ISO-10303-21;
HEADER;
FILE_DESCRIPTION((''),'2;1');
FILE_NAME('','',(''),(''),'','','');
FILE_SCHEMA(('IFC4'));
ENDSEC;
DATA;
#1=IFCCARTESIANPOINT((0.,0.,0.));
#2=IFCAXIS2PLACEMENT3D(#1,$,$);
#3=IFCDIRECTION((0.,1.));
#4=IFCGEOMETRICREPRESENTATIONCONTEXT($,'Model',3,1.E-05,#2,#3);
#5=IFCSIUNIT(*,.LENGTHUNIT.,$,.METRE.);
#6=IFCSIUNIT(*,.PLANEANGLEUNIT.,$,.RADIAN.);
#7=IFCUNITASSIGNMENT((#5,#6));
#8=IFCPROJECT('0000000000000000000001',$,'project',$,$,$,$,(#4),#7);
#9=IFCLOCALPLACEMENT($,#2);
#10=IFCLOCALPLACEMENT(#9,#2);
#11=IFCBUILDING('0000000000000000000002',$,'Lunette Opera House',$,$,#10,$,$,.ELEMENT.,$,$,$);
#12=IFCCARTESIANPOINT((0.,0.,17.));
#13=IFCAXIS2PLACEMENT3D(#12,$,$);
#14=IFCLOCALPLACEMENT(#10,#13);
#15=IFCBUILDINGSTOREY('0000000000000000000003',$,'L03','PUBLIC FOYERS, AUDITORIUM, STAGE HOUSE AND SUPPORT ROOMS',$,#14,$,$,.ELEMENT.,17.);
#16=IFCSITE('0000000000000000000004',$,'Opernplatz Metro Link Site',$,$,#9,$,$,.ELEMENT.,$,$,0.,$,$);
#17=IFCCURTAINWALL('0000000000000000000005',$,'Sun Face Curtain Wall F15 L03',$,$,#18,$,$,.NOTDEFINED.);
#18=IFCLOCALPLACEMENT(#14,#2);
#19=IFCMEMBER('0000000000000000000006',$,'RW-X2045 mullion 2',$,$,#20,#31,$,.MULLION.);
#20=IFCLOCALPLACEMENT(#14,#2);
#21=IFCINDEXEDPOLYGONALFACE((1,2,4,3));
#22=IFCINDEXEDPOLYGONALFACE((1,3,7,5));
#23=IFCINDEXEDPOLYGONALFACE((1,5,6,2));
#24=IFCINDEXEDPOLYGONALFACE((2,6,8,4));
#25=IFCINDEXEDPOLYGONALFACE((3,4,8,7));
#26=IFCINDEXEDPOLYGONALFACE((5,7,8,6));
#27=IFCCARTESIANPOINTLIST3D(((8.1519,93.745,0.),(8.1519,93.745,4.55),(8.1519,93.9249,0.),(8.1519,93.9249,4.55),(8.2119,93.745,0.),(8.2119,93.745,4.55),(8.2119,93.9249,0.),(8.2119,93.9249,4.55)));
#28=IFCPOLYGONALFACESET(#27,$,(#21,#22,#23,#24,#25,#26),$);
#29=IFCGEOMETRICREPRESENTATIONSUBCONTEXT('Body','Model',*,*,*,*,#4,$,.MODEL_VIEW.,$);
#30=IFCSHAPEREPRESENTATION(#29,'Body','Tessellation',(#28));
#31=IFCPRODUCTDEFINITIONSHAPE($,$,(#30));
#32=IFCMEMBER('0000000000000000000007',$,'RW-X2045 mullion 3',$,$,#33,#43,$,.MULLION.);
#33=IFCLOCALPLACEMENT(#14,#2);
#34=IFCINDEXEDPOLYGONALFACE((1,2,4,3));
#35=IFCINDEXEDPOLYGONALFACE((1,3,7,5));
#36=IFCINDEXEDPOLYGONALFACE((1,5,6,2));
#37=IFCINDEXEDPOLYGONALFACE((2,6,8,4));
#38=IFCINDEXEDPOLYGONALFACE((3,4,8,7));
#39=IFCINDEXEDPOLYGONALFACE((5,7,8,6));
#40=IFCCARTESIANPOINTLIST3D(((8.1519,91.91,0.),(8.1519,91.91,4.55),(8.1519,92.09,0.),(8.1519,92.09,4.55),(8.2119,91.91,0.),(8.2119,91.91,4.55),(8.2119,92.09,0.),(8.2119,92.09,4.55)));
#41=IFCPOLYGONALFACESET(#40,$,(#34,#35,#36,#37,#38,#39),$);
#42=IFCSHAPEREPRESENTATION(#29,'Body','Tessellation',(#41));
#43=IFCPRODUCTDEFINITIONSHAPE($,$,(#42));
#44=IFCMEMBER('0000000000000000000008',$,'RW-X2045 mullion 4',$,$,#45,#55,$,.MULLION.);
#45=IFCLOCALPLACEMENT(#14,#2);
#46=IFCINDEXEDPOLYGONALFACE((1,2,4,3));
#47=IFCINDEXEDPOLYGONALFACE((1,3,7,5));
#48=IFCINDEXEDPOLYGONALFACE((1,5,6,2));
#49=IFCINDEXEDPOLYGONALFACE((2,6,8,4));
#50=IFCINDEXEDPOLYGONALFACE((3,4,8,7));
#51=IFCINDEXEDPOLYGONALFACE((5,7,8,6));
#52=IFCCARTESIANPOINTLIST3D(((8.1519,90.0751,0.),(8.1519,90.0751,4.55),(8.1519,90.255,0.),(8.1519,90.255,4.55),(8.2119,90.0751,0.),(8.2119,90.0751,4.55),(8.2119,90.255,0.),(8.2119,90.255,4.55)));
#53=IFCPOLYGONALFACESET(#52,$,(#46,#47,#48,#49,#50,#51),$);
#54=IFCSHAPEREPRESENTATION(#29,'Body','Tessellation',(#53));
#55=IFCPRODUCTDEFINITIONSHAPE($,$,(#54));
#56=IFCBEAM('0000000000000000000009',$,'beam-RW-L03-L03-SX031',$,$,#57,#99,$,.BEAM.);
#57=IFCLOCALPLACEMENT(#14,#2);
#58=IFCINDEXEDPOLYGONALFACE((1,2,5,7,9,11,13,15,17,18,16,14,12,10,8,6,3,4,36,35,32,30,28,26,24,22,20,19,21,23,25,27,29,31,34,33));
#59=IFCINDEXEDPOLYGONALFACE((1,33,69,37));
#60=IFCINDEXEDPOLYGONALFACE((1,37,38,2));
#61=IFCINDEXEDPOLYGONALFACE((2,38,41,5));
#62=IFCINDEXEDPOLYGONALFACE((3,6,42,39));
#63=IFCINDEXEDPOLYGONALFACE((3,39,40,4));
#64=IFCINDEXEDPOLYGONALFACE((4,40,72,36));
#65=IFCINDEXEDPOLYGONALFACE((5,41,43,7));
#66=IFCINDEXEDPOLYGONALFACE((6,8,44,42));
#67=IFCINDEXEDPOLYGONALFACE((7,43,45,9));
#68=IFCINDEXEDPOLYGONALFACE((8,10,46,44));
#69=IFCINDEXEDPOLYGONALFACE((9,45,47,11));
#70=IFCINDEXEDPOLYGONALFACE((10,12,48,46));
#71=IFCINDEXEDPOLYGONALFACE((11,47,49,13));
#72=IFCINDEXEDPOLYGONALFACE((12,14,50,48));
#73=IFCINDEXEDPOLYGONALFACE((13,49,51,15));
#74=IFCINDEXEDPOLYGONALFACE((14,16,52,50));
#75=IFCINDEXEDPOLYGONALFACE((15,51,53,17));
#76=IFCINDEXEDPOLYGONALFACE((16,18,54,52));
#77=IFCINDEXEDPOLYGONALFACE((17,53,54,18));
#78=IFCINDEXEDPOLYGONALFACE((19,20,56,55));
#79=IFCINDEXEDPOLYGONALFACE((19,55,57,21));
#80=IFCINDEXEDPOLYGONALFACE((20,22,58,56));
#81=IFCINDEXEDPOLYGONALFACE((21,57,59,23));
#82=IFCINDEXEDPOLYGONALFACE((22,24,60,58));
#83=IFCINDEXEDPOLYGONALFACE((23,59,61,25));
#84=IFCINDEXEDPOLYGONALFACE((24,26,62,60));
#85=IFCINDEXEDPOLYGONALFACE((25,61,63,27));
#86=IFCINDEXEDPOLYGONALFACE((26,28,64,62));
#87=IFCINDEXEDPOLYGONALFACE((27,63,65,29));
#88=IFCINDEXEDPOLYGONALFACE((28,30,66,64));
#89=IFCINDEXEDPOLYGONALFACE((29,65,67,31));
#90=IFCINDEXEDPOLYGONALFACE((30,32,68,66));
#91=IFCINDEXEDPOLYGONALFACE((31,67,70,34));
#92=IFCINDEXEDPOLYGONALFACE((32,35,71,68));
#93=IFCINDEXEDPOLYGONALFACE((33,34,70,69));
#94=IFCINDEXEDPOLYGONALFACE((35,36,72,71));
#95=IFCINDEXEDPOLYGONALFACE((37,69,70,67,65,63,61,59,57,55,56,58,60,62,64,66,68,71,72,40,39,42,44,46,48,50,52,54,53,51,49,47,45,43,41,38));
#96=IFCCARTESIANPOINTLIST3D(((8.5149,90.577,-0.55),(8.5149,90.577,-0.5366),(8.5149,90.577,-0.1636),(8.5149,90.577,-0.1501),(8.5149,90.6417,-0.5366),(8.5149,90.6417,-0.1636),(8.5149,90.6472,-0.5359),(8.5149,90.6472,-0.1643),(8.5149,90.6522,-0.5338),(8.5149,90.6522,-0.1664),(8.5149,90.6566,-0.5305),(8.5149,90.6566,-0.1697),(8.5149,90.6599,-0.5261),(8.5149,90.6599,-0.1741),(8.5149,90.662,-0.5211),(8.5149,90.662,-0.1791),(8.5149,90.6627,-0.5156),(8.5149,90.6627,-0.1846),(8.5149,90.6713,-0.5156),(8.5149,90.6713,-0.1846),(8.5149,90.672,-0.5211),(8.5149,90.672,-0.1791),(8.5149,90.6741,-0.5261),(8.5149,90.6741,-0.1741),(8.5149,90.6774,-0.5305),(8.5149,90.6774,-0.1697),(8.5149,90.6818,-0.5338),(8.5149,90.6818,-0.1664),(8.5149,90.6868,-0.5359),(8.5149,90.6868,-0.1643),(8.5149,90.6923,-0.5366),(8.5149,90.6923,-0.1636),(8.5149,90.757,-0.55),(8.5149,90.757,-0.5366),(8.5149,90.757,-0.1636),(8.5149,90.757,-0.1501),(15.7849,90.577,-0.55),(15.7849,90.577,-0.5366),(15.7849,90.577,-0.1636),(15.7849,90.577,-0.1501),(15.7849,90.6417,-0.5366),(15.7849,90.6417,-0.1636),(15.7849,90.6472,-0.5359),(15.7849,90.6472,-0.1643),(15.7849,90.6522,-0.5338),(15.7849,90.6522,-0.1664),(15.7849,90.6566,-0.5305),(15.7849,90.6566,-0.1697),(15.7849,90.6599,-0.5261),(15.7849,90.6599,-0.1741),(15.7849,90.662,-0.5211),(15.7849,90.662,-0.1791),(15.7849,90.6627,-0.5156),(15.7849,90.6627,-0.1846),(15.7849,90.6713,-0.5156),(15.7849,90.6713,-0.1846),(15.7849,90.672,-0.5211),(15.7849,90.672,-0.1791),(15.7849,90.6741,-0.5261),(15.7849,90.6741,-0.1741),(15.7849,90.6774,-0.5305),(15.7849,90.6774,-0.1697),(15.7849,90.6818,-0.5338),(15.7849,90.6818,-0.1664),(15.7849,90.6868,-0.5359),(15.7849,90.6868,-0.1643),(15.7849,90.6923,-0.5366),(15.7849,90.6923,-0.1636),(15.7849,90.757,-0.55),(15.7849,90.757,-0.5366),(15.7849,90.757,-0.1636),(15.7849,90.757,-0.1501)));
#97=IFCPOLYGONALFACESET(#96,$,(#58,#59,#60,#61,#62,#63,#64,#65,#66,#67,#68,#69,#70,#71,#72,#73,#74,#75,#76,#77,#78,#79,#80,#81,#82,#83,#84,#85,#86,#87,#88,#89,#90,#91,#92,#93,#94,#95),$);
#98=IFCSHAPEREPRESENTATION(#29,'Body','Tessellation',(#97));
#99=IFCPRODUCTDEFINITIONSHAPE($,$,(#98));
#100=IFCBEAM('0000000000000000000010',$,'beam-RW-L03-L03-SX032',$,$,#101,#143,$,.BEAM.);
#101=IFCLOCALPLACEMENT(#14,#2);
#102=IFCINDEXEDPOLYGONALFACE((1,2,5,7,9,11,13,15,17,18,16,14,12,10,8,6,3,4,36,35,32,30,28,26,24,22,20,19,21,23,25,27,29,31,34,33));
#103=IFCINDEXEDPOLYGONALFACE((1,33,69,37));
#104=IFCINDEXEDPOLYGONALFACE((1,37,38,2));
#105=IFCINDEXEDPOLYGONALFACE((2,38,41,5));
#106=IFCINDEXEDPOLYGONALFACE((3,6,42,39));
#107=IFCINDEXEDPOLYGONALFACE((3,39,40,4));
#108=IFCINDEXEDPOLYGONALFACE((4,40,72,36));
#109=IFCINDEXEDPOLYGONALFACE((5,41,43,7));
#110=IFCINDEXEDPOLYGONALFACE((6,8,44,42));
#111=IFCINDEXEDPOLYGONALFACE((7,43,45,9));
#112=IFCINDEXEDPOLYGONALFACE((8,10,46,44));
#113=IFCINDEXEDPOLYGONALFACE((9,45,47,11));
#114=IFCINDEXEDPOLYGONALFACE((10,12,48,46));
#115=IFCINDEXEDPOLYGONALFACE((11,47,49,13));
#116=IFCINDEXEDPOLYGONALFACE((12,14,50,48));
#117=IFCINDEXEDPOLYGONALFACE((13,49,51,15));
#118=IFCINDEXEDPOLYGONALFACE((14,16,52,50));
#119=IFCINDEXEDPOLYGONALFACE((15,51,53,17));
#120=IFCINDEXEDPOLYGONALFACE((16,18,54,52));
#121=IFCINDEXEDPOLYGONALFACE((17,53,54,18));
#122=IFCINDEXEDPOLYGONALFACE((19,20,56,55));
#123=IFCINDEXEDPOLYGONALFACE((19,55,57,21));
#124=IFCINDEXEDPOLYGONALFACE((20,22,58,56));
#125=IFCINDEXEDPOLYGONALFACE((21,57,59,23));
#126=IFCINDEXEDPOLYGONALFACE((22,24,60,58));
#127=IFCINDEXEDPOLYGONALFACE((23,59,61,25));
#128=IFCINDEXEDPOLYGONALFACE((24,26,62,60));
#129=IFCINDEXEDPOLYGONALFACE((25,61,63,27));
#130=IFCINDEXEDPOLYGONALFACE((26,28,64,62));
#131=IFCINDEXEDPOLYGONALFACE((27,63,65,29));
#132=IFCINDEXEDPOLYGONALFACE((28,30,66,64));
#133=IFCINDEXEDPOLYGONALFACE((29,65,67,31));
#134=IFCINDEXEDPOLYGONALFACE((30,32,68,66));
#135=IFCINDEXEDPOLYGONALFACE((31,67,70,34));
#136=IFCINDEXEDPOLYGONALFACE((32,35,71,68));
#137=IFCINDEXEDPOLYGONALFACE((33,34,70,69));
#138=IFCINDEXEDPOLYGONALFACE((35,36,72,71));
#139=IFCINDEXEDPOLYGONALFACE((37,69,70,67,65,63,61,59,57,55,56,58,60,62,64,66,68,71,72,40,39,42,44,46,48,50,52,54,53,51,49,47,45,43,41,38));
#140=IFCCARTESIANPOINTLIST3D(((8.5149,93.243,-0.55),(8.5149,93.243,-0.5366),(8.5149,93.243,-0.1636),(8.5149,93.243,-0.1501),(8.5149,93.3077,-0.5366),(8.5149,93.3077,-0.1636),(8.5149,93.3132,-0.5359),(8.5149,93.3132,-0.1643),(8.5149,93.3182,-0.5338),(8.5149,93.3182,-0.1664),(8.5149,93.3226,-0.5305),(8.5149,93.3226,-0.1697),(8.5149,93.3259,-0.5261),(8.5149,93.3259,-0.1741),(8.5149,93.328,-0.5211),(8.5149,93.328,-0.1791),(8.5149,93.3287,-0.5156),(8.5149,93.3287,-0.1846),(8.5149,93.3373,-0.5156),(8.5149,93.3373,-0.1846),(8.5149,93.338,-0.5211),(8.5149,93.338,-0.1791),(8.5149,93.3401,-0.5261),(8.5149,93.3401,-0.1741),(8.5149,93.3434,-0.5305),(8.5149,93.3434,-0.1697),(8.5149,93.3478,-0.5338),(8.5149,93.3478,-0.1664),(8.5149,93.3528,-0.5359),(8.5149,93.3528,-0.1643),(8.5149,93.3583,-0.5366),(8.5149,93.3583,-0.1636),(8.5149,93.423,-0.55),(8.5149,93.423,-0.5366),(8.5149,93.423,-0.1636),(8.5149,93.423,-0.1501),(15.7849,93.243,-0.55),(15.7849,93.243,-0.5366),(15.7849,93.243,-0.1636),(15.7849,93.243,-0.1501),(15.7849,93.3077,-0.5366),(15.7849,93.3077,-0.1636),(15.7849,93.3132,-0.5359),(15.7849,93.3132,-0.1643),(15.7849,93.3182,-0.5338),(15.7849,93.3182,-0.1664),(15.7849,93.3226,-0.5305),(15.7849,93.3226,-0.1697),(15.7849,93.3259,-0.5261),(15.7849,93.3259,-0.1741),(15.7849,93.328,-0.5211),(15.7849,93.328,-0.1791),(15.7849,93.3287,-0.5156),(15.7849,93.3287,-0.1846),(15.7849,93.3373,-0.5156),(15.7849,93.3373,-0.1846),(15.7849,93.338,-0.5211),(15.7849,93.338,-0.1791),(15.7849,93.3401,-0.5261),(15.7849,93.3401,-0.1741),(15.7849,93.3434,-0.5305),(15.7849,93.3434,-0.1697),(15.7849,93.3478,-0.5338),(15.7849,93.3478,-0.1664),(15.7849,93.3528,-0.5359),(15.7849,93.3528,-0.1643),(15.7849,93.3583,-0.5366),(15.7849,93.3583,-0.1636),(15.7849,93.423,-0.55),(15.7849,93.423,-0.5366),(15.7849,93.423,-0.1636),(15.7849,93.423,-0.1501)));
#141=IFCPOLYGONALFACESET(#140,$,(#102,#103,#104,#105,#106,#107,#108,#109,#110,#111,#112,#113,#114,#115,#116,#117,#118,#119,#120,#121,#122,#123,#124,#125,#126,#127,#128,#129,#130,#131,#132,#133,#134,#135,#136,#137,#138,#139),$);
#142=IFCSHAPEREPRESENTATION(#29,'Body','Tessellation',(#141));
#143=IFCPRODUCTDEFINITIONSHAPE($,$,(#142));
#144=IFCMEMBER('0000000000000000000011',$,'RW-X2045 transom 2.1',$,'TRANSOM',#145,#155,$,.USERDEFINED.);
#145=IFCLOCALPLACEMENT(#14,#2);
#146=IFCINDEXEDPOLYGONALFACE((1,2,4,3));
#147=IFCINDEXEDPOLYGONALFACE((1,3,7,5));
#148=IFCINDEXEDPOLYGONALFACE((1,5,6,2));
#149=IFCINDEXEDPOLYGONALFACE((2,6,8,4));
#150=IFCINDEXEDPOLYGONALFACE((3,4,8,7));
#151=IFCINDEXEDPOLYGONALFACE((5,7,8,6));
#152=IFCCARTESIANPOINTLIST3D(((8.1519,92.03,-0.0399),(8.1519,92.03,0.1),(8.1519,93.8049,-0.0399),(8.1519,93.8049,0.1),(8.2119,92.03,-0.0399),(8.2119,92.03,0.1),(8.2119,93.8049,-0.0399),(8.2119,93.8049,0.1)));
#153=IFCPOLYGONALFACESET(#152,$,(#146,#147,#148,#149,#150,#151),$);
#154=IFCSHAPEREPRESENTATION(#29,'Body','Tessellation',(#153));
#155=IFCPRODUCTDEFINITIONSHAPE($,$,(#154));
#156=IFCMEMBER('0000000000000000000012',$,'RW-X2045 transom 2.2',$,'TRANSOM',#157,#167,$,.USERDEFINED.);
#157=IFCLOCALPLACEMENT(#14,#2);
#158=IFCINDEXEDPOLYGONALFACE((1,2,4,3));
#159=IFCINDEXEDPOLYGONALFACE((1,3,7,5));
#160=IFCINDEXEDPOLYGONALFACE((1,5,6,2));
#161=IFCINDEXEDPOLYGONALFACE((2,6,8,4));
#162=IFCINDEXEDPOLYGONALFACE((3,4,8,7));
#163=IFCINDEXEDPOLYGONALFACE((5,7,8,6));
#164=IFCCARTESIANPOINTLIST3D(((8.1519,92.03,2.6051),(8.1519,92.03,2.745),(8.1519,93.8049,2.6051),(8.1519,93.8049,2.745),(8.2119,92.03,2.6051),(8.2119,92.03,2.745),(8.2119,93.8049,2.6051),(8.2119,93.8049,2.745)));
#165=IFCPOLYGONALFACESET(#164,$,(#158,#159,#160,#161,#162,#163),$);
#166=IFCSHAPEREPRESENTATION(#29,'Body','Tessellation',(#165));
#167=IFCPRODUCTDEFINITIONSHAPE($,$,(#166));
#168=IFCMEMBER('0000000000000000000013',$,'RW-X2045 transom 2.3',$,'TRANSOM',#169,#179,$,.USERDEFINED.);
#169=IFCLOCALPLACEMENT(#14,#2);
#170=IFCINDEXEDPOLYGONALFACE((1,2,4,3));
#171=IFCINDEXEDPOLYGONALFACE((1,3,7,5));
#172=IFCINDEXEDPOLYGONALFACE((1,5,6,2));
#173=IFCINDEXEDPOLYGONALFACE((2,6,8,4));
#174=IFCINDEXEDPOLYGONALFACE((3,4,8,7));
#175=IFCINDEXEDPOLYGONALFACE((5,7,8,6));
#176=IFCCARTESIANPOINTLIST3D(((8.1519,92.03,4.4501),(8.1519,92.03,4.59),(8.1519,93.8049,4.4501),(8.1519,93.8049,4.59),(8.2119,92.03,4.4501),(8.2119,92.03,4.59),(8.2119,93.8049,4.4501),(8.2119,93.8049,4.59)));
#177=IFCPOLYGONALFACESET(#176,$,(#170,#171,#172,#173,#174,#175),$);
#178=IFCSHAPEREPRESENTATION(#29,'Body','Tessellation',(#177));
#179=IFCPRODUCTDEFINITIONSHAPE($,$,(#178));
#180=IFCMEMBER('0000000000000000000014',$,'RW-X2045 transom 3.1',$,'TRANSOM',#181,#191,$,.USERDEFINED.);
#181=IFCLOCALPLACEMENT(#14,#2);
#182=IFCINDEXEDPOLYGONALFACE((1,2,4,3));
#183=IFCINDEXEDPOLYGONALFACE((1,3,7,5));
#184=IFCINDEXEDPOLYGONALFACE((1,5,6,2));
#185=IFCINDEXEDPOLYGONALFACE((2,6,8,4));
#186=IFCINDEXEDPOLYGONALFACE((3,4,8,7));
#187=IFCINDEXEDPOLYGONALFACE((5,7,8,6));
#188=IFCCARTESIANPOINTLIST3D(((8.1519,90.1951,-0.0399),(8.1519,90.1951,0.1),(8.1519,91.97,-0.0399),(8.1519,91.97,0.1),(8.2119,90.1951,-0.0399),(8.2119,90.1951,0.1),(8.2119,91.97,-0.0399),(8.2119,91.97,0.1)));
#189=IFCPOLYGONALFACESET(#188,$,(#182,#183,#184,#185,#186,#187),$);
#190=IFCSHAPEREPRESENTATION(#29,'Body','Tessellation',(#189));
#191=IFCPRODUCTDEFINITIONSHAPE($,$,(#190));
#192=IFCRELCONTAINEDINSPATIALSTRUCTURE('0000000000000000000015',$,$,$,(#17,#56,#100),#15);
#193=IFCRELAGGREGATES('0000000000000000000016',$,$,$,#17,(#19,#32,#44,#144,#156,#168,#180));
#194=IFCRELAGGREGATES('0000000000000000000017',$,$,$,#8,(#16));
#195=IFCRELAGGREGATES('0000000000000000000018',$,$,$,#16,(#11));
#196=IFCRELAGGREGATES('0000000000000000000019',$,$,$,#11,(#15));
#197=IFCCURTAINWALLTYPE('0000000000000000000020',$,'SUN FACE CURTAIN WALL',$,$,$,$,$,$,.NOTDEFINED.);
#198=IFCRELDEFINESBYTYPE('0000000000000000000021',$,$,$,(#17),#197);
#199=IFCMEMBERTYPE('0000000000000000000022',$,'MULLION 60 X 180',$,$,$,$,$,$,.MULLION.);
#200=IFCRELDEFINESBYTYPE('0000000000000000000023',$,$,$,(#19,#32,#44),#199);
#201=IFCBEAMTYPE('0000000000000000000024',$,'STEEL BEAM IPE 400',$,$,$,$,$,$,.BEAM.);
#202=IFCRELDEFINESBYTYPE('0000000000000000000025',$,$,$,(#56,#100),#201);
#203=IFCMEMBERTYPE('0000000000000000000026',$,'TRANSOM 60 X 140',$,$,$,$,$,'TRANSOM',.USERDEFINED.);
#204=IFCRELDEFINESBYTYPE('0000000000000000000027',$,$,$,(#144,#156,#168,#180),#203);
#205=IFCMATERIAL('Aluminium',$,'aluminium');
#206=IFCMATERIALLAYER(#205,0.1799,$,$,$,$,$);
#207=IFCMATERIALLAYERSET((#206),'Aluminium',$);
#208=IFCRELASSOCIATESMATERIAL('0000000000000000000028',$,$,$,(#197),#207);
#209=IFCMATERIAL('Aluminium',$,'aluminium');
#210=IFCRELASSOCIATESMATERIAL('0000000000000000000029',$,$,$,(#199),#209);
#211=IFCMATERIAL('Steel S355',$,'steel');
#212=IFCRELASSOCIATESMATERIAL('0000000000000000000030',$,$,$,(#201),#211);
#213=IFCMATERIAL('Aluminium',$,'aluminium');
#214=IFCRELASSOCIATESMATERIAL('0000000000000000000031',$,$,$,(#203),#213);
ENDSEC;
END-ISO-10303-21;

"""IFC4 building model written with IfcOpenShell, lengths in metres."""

from ifc_helpers import new_model, si_unit, direction, frame, origin, origin_2d, place, context, subcontext, project, spatial, rectangle, i_section, extrude, material, layer, layer_set, material_profile, profile_set, type_object, element, aggregate, save


model = new_model("IFC4")

# Units and contexts
model_context = context("Model", 3, precision=1e-05, world=origin(), true_north=direction((0.0, 1.0)))
body_context = subcontext(model_context, "Body", "Model", "MODEL_VIEW")
ifc_project = project(units=[si_unit("LENGTHUNIT", "METRE"), si_unit("PLANEANGLEUNIT", "RADIAN")], contexts=[model_context])

# Site, building, storey
site_placement = place(None, origin())
site = spatial("IfcSite", under=ifc_project, at=site_placement, Name="Opernplatz Metro Link Site", CompositionType="ELEMENT", RefElevation=0.0)
building_placement = place(site_placement, origin())
building = spatial("IfcBuilding", under=site, at=building_placement, Name="Lunette Opera House", CompositionType="ELEMENT")
storey_placement = place(building_placement, frame((0.0, 0.0, 17.0)))
storey = spatial("IfcBuildingStorey", under=building, at=storey_placement, Name="L03", Description="PUBLIC FOYERS, AUDITORIUM, STAGE HOUSE AND SUPPORT ROOMS", CompositionType="ELEMENT", Elevation=17.0)

# Curtain wall, members
ifc_material_1 = material(Name="Aluminium", Category="aluminium")
ifc_layer_1 = layer(ifc_material_1, 0.1799)
ifc_layer_set_1 = layer_set([ifc_layer_1], Name="Aluminium")
curtain_wall_type = type_object("IfcCurtainWallType", Name="SUN FACE CURTAIN WALL", PredefinedType="NOTDEFINED", material=ifc_layer_set_1)
curtain_wall_placement = place(storey_placement, origin())
curtain_wall = element("IfcCurtainWall", 1, at=curtain_wall_placement, inside=storey, type_object=curtain_wall_type, Name="Sun Face Curtain Wall F15 L03", PredefinedType="NOTDEFINED")
ifc_material_2 = material(Name="Aluminium", Category="aluminium")
ifc_material_profile_1 = material_profile(ifc_material_2, rectangle(XDim=0.0601, YDim=0.1799, at=origin_2d()), Name="MULLION 60 X 180")
ifc_profile_set_1 = profile_set([ifc_material_profile_1], Name="Aluminium")
member_type_1 = type_object("IfcMemberType", Name="MULLION 60 X 180", PredefinedType="MULLION", material=ifc_profile_set_1)
member_1_placement = place(storey_placement, frame((8.1819, 93.835, 0.0), z_axis=(0.0, 0.0, 1.0), x_axis=(1.0, 0.0, 0.0)))
member_1 = element("IfcMember", 2, at=member_1_placement, type_object=member_type_1, Name="RW-X2045 mullion 2", PredefinedType="MULLION", context=body_context, shape_type="SweptSolid", body=[
    extrude(rectangle(XDim=0.0601, YDim=0.1799, at=origin_2d()), origin(), (0.0, 0.0, 1.0), 4.55),
])
member_2_placement = place(storey_placement, frame((8.1819, 92.0, 0.0), z_axis=(0.0, 0.0, 1.0), x_axis=(1.0, 0.0, 0.0)))
member_2 = element("IfcMember", 3, at=member_2_placement, type_object=member_type_1, Name="RW-X2045 mullion 3", PredefinedType="MULLION", context=body_context, shape_type="SweptSolid", body=[
    extrude(rectangle(XDim=0.0601, YDim=0.1799, at=origin_2d()), origin(), (0.0, 0.0, 1.0), 4.55),
])
member_3_placement = place(storey_placement, frame((8.1819, 90.165, 0.0), z_axis=(0.0, 0.0, 1.0), x_axis=(1.0, 0.0, 0.0)))
member_3 = element("IfcMember", 4, at=member_3_placement, type_object=member_type_1, Name="RW-X2045 mullion 4", PredefinedType="MULLION", context=body_context, shape_type="SweptSolid", body=[
    extrude(rectangle(XDim=0.0601, YDim=0.1799, at=origin_2d()), origin(), (0.0, 0.0, 1.0), 4.55),
])

# Beams
ifc_material_3 = material(Name="Steel S355", Category="steel")
ifc_material_profile_2 = material_profile(ifc_material_3, i_section(OverallWidth=0.1799, OverallDepth=0.3999, WebThickness=0.0085, FlangeThickness=0.0134, FilletRadius=0.021, at=origin_2d()), Name="IPE 400")
ifc_profile_set_2 = profile_set([ifc_material_profile_2], Name="Steel S355")
beam_type = type_object("IfcBeamType", Name="STEEL BEAM IPE 400", PredefinedType="BEAM", material=ifc_profile_set_2)
for number, where, z_axis, x_axis, name in (
    (5, (8.5149, 90.667, -0.3501), (1.0, 0.0, 0.0), (0.0, 1.0, 0.0), "beam-RW-L03-L03-SX031"),
    (6, (8.5149, 93.333, -0.3501), (1.0, 0.0, 0.0), (0.0, 1.0, 0.0), "beam-RW-L03-L03-SX032"),
):
    element("IfcBeam", number, at=place(storey_placement, frame(where, z_axis=z_axis, x_axis=x_axis)), inside=storey, type_object=beam_type, Name=name, PredefinedType="BEAM", context=body_context, shape_type="SweptSolid", body=[
        extrude(i_section(OverallWidth=0.1799, OverallDepth=0.3999, WebThickness=0.0085, FlangeThickness=0.0134, FilletRadius=0.021, at=origin_2d()), origin(), (0.0, 0.0, 1.0), 7.27),
    ])

# Members
ifc_material_4 = material(Name="Aluminium", Category="aluminium")
ifc_material_profile_3 = material_profile(ifc_material_4, rectangle(XDim=0.0601, YDim=0.1399, at=origin_2d()), Name="TRANSOM 60 X 140")
ifc_profile_set_3 = profile_set([ifc_material_profile_3], Name="Aluminium")
member_type_2 = type_object("IfcMemberType", Name="TRANSOM 60 X 140", ElementType="TRANSOM", PredefinedType="USERDEFINED", material=ifc_profile_set_3)
member_4_placement = place(storey_placement, frame((8.1819, 93.8049, 0.03), z_axis=(0.0, -1.0, 0.0), x_axis=(1.0, 0.0, 0.0)))
member_4 = element("IfcMember", 7, at=member_4_placement, type_object=member_type_2, Name="RW-X2045 transom 2.1", ObjectType="TRANSOM", PredefinedType="USERDEFINED", context=body_context, shape_type="SweptSolid", body=[
    extrude(rectangle(XDim=0.0601, YDim=0.1399, at=origin_2d()), origin(), (0.0, 0.0, 1.0), 1.7749),
])
member_5_placement = place(storey_placement, frame((8.1819, 93.8049, 2.675), z_axis=(0.0, -1.0, 0.0), x_axis=(1.0, 0.0, 0.0)))
member_5 = element("IfcMember", 8, at=member_5_placement, type_object=member_type_2, Name="RW-X2045 transom 2.2", ObjectType="TRANSOM", PredefinedType="USERDEFINED", context=body_context, shape_type="SweptSolid", body=[
    extrude(rectangle(XDim=0.0601, YDim=0.1399, at=origin_2d()), origin(), (0.0, 0.0, 1.0), 1.7749),
])
member_6_placement = place(storey_placement, frame((8.1819, 93.8049, 4.52), z_axis=(0.0, -1.0, 0.0), x_axis=(1.0, 0.0, 0.0)))
member_6 = element("IfcMember", 9, at=member_6_placement, type_object=member_type_2, Name="RW-X2045 transom 2.3", ObjectType="TRANSOM", PredefinedType="USERDEFINED", context=body_context, shape_type="SweptSolid", body=[
    extrude(rectangle(XDim=0.0601, YDim=0.1399, at=origin_2d()), origin(), (0.0, 0.0, 1.0), 1.7749),
])
member_7_placement = place(storey_placement, frame((8.1819, 91.97, 0.03), z_axis=(0.0, -1.0, 0.0), x_axis=(1.0, 0.0, 0.0)))
member_7 = element("IfcMember", 10, at=member_7_placement, type_object=member_type_2, Name="RW-X2045 transom 3.1", ObjectType="TRANSOM", PredefinedType="USERDEFINED", context=body_context, shape_type="SweptSolid", body=[
    extrude(rectangle(XDim=0.0601, YDim=0.1399, at=origin_2d()), origin(), (0.0, 0.0, 1.0), 1.7749),
])

aggregate(curtain_wall, [member_1, member_2, member_3, member_4, member_5, member_6, member_7])

save(model, "model.ifc")
